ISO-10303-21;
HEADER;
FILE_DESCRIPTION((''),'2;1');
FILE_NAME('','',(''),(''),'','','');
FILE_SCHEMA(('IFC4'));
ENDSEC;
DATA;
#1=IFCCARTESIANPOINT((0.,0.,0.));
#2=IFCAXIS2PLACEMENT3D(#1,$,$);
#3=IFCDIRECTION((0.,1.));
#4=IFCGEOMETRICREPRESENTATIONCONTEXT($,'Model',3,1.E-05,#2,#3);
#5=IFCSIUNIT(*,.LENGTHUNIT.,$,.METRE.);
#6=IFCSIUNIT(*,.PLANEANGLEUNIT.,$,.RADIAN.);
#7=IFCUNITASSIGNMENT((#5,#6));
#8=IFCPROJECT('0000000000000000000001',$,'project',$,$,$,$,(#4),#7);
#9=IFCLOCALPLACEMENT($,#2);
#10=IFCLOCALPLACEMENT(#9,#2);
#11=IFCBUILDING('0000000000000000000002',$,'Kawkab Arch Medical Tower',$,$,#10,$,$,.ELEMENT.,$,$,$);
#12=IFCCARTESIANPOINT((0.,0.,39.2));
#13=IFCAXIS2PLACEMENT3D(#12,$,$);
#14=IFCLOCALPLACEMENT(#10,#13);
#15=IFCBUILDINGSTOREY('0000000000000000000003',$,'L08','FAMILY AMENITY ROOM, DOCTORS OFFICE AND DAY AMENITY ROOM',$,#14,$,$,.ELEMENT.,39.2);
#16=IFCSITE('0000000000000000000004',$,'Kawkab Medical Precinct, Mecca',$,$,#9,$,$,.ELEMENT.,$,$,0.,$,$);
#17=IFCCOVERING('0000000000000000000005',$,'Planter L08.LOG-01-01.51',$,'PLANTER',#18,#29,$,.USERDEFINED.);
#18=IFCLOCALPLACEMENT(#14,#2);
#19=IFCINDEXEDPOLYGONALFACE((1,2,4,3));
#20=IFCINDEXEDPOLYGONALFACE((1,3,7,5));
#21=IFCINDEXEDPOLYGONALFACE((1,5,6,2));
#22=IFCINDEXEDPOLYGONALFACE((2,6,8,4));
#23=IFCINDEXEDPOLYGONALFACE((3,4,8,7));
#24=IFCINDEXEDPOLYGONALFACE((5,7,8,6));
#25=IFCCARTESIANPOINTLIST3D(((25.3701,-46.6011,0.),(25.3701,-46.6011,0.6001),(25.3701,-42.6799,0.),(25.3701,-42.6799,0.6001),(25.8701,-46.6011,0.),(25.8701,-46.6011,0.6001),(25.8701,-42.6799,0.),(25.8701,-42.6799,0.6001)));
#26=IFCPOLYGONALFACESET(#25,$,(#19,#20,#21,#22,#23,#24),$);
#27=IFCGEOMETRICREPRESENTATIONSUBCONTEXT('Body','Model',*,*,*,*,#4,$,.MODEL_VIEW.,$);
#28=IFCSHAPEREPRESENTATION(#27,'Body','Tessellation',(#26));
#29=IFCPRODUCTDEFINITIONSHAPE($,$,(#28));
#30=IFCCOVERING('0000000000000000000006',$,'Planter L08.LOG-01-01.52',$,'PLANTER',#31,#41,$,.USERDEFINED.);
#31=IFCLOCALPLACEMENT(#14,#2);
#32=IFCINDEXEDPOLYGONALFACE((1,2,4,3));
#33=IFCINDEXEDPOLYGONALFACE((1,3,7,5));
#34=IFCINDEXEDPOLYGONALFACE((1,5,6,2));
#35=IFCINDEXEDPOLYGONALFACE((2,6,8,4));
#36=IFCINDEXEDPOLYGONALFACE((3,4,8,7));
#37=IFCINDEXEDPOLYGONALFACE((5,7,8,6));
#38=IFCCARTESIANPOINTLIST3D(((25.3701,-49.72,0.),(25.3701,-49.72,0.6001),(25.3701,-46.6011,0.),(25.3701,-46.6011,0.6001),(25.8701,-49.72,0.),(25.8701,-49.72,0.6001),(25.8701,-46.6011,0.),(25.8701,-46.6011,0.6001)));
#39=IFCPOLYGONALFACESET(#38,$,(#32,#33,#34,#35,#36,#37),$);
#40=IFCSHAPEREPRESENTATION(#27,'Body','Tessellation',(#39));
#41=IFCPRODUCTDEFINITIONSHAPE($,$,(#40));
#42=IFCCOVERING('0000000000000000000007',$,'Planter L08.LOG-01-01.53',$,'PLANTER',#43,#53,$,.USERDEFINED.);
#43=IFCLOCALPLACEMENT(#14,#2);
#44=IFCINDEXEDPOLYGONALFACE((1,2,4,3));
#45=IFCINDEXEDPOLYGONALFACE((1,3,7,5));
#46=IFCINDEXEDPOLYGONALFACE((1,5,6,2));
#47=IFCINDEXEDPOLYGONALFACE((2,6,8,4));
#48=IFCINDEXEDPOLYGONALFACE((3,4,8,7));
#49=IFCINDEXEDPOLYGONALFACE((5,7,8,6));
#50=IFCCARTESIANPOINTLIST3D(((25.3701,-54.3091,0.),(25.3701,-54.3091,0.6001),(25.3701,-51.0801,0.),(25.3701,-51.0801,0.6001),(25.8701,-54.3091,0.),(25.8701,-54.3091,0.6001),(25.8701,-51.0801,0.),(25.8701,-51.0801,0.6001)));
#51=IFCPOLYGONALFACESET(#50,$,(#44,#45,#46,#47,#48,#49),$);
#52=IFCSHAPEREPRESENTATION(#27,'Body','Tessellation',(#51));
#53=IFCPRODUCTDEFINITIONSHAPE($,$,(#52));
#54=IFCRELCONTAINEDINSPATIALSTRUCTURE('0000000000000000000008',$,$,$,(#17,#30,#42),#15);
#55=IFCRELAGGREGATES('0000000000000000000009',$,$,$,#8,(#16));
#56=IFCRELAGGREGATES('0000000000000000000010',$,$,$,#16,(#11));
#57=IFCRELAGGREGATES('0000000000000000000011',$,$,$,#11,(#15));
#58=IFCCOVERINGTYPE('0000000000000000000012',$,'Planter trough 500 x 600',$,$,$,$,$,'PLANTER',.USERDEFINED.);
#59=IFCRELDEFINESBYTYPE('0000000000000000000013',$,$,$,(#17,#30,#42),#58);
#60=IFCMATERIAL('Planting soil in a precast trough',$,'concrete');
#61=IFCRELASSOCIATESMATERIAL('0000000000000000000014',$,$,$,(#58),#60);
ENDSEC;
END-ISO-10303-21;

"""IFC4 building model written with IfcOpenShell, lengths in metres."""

from ifc_helpers import new_model, si_unit, direction, frame, origin, origin_2d, place, context, subcontext, project, spatial, rectangle, extrude, material, material_profile, profile_set, type_object, element, save


model = new_model("IFC4")

# Units and contexts
model_context = context("Model", 3, precision=1e-05, world=origin(), true_north=direction((0.0, 1.0)))
body_context = subcontext(model_context, "Body", "Model", "MODEL_VIEW")
ifc_project = project(units=[si_unit("LENGTHUNIT", "METRE"), si_unit("PLANEANGLEUNIT", "RADIAN")], contexts=[model_context])

# Site, building, storey
site_placement = place(None, origin())
site = spatial("IfcSite", under=ifc_project, at=site_placement, Name="Kawkab Medical Precinct, Mecca", CompositionType="ELEMENT", RefElevation=0.0)
building_placement = place(site_placement, origin())
building = spatial("IfcBuilding", under=site, at=building_placement, Name="Kawkab Arch Medical Tower", CompositionType="ELEMENT")
storey_placement = place(building_placement, frame((0.0, 0.0, 39.2)))
storey = spatial("IfcBuildingStorey", under=building, at=storey_placement, Name="L08", Description="FAMILY AMENITY ROOM, DOCTORS OFFICE AND DAY AMENITY ROOM", CompositionType="ELEMENT", Elevation=39.2)

# Coverings
ifc_material_1 = material(Name="Planting soil in a precast trough", Category="concrete")
ifc_material_profile_1 = material_profile(ifc_material_1, rectangle(XDim=0.5, YDim=0.6001, at=origin_2d()), Name="Trough 500x600")
ifc_profile_set_1 = profile_set([ifc_material_profile_1], Name="Planting soil in a precast trough")
covering_type = type_object("IfcCoveringType", Name="Planter trough 500 x 600", ElementType="PLANTER", PredefinedType="USERDEFINED", material=ifc_profile_set_1)
covering_1_placement = place(storey_placement, frame((25.6201, -42.6799, 0.3), z_axis=(0.0, -1.0, 0.0), x_axis=(1.0, 0.0, 0.0)))
element("IfcCovering", 1, at=covering_1_placement, inside=storey, type_object=covering_type, Name="Planter L08.LOG-01-01.51", ObjectType="PLANTER", PredefinedType="USERDEFINED", context=body_context, shape_type="SweptSolid", body=[
    extrude(rectangle(XDim=0.5, YDim=0.6001, at=origin_2d()), origin(), (0.0, 0.0, 1.0), 3.9211),
])
covering_2_placement = place(storey_placement, frame((25.6201, -46.6011, 0.3), z_axis=(0.0, -1.0, 0.0), x_axis=(1.0, 0.0, 0.0)))
element("IfcCovering", 2, at=covering_2_placement, inside=storey, type_object=covering_type, Name="Planter L08.LOG-01-01.52", ObjectType="PLANTER", PredefinedType="USERDEFINED", context=body_context, shape_type="SweptSolid", body=[
    extrude(rectangle(XDim=0.5, YDim=0.6001, at=origin_2d()), origin(), (0.0, 0.0, 1.0), 3.1189),
])
covering_3_placement = place(storey_placement, frame((25.6201, -51.0801, 0.3), z_axis=(0.0, -1.0, 0.0), x_axis=(1.0, 0.0, 0.0)))
element("IfcCovering", 3, at=covering_3_placement, inside=storey, type_object=covering_type, Name="Planter L08.LOG-01-01.53", ObjectType="PLANTER", PredefinedType="USERDEFINED", context=body_context, shape_type="SweptSolid", body=[
    extrude(rectangle(XDim=0.5, YDim=0.6001, at=origin_2d()), origin(), (0.0, 0.0, 1.0), 3.229),
])

save(model, "model.ifc")
